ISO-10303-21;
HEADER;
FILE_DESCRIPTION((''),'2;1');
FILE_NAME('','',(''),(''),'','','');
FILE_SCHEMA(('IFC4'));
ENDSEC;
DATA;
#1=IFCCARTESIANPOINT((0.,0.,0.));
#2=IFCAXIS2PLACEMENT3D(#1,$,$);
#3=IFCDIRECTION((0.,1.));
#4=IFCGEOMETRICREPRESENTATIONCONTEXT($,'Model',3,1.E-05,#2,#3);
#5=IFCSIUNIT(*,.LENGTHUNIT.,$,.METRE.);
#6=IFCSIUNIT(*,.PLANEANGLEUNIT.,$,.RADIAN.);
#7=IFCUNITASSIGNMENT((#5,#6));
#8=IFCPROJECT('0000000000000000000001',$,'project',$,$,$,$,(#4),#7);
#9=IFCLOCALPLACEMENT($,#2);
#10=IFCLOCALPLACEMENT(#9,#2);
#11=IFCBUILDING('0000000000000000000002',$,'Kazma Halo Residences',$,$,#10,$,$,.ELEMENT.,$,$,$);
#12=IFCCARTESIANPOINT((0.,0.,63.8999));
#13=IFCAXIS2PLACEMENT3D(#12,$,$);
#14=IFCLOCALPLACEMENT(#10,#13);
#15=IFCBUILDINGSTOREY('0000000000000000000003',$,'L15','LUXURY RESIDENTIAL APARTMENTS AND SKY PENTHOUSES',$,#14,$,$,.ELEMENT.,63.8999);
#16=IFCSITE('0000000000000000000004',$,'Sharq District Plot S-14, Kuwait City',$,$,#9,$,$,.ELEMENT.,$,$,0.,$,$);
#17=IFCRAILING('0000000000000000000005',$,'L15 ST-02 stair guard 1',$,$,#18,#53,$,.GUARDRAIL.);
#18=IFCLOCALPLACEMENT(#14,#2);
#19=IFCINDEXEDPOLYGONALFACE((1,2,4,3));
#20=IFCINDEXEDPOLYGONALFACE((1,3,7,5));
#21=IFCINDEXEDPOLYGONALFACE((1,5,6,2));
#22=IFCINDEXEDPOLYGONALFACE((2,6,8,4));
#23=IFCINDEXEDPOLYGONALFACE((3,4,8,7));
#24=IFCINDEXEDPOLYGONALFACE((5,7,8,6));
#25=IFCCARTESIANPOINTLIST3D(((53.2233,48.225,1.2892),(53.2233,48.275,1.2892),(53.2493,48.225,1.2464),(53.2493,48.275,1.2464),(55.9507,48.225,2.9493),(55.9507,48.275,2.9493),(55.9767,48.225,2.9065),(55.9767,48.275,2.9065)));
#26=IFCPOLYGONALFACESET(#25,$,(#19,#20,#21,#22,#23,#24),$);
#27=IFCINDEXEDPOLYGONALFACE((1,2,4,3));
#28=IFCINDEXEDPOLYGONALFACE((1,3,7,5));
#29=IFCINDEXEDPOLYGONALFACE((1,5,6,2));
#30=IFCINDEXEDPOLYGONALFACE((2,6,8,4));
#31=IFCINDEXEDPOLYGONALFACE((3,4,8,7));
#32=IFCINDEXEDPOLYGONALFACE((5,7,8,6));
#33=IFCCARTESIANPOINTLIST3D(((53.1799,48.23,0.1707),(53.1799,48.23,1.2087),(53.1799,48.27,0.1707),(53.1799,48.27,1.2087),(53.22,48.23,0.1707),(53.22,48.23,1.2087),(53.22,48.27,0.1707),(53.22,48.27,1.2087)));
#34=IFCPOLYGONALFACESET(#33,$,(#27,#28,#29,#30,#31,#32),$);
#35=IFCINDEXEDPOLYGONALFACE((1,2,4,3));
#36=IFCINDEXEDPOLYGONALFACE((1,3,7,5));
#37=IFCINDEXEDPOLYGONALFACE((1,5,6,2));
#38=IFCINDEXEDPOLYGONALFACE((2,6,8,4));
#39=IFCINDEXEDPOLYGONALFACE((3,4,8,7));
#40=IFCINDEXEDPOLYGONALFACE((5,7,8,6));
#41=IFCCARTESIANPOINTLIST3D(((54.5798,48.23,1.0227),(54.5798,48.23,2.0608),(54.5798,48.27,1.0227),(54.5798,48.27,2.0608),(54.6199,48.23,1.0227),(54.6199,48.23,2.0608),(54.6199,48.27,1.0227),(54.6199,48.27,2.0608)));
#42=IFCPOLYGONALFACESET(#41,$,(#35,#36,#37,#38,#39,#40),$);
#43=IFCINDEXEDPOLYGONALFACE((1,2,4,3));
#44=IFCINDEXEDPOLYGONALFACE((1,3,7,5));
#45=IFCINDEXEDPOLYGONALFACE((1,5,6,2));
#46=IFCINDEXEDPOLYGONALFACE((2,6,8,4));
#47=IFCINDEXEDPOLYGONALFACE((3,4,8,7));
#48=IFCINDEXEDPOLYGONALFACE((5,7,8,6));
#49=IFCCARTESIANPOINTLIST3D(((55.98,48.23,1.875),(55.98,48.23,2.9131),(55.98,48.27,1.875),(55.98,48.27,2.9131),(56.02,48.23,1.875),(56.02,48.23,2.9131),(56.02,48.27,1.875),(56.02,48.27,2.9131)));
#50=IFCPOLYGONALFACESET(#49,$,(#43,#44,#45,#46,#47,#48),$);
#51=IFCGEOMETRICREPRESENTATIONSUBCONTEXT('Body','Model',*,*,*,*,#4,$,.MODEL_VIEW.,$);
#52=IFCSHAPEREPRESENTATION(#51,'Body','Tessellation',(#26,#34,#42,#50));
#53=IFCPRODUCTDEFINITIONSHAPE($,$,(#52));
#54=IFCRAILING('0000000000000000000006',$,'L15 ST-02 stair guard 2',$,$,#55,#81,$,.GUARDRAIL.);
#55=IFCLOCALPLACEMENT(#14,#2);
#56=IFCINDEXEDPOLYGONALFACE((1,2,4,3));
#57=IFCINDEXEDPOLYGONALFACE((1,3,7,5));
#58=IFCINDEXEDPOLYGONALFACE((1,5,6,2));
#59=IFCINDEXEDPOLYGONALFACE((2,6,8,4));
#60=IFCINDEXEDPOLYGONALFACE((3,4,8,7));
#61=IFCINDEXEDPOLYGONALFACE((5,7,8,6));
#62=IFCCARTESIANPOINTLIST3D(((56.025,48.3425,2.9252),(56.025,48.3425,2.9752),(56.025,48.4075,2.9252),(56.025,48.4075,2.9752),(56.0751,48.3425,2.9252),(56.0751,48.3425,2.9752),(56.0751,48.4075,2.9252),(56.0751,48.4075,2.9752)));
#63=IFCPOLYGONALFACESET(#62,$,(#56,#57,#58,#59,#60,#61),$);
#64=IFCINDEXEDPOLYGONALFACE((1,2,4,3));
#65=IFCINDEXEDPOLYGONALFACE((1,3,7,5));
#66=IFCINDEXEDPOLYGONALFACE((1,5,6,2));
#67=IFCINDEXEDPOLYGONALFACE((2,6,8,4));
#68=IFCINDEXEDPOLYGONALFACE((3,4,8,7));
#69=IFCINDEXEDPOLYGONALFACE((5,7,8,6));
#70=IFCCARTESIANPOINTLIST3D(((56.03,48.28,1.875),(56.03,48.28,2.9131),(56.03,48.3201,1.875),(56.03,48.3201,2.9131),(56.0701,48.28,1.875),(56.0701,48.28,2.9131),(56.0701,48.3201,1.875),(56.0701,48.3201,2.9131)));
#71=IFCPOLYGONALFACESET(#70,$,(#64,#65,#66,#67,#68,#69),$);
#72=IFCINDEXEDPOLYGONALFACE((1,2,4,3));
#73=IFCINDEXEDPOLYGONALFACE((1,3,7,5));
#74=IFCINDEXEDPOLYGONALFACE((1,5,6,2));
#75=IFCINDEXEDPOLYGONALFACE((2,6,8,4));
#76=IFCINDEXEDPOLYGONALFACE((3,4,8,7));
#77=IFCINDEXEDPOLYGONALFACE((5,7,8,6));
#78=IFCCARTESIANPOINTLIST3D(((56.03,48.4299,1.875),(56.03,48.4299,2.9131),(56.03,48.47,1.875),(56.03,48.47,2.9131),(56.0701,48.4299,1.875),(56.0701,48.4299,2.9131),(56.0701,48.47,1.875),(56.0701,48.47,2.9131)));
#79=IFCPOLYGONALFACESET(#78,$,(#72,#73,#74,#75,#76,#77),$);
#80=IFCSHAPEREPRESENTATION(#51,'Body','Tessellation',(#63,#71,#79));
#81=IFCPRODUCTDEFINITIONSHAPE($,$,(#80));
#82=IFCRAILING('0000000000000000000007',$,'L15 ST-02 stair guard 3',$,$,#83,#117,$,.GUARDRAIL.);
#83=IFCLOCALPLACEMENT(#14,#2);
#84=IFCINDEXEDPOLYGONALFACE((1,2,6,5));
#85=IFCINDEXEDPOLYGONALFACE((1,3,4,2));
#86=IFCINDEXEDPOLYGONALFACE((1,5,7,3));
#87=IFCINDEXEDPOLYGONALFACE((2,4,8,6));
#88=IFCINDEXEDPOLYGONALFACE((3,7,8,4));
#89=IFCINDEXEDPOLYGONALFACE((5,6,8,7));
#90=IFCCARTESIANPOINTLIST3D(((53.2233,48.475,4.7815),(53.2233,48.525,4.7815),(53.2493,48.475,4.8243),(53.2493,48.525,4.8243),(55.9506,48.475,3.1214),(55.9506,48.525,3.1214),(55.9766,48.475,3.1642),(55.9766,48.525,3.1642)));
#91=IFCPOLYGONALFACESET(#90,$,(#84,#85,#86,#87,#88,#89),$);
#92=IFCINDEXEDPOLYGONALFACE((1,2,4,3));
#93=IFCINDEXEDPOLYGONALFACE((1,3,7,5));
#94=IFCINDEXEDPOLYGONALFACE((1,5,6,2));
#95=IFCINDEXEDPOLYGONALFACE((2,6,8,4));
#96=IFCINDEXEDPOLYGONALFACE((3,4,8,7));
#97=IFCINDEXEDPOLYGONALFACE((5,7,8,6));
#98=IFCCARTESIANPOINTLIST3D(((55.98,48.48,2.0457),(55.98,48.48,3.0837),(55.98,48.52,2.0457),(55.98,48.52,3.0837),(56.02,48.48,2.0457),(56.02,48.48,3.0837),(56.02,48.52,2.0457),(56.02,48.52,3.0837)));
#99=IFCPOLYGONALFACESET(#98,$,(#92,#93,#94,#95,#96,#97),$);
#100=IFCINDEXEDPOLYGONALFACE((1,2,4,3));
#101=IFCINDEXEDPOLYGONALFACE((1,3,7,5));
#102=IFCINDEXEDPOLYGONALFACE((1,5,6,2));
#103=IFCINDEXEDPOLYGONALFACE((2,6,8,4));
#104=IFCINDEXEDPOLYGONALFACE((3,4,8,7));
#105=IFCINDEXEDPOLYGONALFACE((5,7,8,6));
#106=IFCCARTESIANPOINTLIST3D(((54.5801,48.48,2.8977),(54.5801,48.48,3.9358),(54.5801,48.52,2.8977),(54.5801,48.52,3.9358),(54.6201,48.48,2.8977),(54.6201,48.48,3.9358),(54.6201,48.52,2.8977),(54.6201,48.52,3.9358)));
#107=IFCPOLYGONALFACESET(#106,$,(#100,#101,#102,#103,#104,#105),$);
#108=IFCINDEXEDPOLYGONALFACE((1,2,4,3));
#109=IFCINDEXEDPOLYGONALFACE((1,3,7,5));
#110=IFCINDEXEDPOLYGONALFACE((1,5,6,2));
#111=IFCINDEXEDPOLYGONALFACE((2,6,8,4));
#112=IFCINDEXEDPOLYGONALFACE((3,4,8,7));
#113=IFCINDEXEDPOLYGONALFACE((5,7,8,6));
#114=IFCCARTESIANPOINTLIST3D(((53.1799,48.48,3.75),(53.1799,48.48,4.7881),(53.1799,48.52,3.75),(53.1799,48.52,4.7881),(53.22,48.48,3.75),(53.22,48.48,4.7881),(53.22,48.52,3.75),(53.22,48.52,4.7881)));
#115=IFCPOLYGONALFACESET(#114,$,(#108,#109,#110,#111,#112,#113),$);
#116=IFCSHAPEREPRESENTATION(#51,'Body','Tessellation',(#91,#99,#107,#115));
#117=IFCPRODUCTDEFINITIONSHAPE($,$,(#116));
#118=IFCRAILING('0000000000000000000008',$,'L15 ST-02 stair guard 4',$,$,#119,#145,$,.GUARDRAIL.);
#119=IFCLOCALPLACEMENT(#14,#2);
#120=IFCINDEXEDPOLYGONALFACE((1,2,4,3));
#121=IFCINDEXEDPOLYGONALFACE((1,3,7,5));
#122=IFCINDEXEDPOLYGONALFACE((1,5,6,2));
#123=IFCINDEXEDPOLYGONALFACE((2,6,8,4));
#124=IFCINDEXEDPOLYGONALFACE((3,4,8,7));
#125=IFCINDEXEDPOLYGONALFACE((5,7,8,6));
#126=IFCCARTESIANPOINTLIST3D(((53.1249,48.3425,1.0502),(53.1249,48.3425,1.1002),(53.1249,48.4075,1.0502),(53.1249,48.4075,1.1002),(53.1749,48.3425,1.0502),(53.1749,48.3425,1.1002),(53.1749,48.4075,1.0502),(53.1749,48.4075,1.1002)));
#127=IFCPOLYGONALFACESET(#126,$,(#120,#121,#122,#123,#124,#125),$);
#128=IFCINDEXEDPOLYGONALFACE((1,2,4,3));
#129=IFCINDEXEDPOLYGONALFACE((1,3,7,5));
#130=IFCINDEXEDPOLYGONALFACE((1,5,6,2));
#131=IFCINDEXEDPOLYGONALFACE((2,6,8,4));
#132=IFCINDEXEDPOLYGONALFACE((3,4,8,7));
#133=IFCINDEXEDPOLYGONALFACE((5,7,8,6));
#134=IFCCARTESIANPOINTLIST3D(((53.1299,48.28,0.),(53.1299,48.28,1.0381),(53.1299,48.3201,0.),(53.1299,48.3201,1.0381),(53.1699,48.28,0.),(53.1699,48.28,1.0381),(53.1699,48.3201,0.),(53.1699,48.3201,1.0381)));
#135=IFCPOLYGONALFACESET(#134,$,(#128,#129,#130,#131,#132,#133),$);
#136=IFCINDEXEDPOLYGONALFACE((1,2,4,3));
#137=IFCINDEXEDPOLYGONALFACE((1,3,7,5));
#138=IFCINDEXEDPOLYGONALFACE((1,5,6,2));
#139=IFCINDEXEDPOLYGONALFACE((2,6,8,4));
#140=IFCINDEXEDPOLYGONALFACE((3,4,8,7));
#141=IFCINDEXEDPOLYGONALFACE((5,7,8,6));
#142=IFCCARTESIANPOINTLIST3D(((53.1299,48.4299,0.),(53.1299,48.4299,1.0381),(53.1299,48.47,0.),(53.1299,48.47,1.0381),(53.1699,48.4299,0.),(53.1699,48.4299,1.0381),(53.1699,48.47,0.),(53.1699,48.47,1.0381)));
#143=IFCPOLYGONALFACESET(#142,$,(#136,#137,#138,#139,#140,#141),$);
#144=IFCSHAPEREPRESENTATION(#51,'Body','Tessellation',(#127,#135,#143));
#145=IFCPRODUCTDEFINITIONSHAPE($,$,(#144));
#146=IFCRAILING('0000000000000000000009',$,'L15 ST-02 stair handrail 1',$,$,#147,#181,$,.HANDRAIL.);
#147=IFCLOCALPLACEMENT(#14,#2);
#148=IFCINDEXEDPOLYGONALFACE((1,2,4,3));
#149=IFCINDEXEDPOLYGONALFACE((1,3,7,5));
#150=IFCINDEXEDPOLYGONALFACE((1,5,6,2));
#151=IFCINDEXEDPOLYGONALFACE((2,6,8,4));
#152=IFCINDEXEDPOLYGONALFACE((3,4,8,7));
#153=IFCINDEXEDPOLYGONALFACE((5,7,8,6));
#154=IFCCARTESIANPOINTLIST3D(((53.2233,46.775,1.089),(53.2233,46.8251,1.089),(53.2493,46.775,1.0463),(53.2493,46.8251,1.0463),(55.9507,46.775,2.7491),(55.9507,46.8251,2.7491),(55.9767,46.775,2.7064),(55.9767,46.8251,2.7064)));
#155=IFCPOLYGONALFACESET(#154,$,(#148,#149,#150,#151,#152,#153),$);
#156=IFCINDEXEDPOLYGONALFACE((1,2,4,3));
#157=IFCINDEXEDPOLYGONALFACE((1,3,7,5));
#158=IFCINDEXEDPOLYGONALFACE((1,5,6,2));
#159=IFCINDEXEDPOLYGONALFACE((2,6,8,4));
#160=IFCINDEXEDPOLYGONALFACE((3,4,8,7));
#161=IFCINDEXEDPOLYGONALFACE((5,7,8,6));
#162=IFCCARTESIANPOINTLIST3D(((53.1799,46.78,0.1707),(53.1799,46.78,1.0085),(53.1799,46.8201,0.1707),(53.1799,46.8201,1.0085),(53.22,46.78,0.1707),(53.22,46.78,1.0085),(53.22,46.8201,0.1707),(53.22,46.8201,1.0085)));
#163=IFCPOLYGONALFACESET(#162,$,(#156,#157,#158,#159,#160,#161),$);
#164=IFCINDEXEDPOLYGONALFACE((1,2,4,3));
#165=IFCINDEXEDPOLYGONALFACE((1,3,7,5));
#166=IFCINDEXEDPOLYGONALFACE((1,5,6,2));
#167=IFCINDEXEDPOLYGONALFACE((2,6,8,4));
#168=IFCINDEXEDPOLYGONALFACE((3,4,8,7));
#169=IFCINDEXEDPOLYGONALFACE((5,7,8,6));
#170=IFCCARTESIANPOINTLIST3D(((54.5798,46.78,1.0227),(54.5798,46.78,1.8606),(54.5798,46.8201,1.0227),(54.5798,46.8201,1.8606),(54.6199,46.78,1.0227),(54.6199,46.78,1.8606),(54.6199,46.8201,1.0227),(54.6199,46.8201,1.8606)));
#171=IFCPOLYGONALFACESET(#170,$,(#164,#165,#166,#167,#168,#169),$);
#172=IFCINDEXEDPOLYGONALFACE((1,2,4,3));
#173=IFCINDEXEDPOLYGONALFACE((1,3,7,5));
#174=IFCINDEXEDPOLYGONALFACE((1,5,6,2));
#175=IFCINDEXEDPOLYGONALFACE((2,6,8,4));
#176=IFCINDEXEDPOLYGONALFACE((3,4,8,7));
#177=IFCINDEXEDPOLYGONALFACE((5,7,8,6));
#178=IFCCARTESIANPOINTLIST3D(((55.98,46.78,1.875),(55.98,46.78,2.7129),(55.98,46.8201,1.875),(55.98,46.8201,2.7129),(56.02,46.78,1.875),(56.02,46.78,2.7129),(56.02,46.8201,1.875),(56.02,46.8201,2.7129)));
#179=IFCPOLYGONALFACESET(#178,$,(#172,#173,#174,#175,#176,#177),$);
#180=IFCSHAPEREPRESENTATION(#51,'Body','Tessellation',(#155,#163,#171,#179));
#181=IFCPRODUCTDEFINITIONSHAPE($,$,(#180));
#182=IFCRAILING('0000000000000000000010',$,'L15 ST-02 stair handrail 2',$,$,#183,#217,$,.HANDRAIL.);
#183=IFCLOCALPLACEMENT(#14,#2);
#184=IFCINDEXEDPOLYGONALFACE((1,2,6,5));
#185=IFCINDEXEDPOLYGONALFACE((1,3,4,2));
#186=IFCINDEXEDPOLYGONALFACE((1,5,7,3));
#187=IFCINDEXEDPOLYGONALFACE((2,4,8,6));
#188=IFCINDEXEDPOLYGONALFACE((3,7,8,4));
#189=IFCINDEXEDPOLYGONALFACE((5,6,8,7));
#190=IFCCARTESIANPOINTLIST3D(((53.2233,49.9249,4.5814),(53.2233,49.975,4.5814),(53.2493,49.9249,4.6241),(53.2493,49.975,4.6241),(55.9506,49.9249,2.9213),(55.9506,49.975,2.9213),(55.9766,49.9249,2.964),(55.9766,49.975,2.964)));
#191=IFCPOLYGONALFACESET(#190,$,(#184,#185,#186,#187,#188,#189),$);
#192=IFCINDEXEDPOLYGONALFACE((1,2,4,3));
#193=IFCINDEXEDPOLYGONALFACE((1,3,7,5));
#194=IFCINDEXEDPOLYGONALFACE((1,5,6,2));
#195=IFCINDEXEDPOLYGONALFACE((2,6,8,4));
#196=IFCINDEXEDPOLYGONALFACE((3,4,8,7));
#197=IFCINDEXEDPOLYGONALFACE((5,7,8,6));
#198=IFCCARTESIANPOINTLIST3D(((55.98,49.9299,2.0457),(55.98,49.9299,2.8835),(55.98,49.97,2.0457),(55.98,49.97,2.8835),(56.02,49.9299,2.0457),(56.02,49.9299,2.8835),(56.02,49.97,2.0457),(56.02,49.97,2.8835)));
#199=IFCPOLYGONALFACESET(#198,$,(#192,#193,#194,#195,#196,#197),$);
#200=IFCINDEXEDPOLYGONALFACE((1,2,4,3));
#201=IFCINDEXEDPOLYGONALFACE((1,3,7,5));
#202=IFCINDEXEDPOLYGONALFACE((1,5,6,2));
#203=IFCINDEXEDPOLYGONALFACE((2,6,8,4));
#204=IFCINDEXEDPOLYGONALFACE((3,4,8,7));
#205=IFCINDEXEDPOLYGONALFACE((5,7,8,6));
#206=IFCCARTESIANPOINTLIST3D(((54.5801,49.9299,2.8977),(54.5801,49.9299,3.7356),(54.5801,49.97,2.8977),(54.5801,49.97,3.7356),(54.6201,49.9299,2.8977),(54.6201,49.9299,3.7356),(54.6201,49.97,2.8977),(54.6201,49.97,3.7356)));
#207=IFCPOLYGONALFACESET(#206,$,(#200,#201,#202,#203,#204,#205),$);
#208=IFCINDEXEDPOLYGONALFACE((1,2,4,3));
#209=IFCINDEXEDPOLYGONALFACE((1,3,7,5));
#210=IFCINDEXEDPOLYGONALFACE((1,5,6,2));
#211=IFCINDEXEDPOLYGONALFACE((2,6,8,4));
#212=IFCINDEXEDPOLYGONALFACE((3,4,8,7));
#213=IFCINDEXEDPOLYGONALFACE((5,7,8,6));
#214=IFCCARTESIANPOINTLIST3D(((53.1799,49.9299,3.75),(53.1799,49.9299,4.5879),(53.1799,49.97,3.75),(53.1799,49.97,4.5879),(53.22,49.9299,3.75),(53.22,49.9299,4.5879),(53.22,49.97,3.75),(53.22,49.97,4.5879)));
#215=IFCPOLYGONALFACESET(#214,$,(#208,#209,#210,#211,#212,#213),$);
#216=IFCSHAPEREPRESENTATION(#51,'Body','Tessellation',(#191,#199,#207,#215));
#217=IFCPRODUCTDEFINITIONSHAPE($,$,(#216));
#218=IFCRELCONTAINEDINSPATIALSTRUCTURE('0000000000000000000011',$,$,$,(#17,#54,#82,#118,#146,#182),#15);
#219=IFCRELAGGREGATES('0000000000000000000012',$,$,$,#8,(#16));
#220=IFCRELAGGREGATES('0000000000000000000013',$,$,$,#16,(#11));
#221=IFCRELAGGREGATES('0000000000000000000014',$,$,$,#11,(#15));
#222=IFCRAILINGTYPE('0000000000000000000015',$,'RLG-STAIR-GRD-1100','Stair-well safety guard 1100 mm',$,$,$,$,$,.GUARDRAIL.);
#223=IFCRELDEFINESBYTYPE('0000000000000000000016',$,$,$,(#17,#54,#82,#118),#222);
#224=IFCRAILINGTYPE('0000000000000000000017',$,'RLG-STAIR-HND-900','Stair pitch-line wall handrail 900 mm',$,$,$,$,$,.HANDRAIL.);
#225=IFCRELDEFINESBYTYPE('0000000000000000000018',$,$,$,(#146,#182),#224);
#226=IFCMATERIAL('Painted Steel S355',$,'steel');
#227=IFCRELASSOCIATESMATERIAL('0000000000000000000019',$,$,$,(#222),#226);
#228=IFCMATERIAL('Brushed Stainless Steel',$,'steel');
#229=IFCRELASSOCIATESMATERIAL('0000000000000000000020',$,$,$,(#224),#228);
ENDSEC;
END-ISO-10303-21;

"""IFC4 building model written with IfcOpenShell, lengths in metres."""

from ifc_helpers import new_model, si_unit, direction, frame, origin, origin_2d, place, context, subcontext, project, spatial, rectangle, extrude, material, type_object, element, save


model = new_model("IFC4")

# Units and contexts
model_context = context("Model", 3, precision=1e-05, world=origin(), true_north=direction((0.0, 1.0)))
body_context = subcontext(model_context, "Body", "Model", "MODEL_VIEW")
ifc_project = project(units=[si_unit("LENGTHUNIT", "METRE"), si_unit("PLANEANGLEUNIT", "RADIAN")], contexts=[model_context])

# Site, building, storey
site_placement = place(None, origin())
site = spatial("IfcSite", under=ifc_project, at=site_placement, Name="Sharq District Plot S-14, Kuwait City", CompositionType="ELEMENT", RefElevation=0.0)
building_placement = place(site_placement, origin())
building = spatial("IfcBuilding", under=site, at=building_placement, Name="Kazma Halo Residences", CompositionType="ELEMENT")
storey_placement = place(building_placement, frame((0.0, 0.0, 63.8999)))
storey = spatial("IfcBuildingStorey", under=building, at=storey_placement, Name="L15", Description="LUXURY RESIDENTIAL APARTMENTS AND SKY PENTHOUSES", CompositionType="ELEMENT", Elevation=63.8999)

# Railings
ifc_material_1 = material(Name="Painted Steel S355", Category="steel")
railing_type_1 = type_object("IfcRailingType", Name="RLG-STAIR-GRD-1100", Description="Stair-well safety guard 1100 mm", PredefinedType="GUARDRAIL", material=ifc_material_1)
railing_1_placement = place(storey_placement, frame((53.2, 48.25, 0.1707)))
element("IfcRailing", 1, at=railing_1_placement, inside=storey, type_object=railing_type_1, Name="L15 ST-02 stair guard 1", PredefinedType="GUARDRAIL", context=body_context, shape_type="SweptSolid", body=[
    extrude(rectangle(XDim=0.05, YDim=0.05, at=origin_2d()), frame((0.0364, 0.0, 1.0972), z_axis=(0.854203, 0.0, 0.51994), x_axis=(0.0, 1.0, 0.0)), (0.0, 0.0, 1.0), 3.1929),
    extrude(rectangle(XDim=0.04, YDim=0.04, at=origin_2d()), origin(), (0.0, 0.0, 1.0), 1.0381),
    extrude(rectangle(XDim=0.04, YDim=0.04, at=origin_2d()), frame((1.3999, 0.0, 0.8521)), (0.0, 0.0, 1.0), 1.0381),
    extrude(rectangle(XDim=0.04, YDim=0.04, at=origin_2d()), frame((2.8, 0.0, 1.7043)), (0.0, 0.0, 1.0), 1.0381),
])
railing_2_placement = place(storey_placement, frame((56.05, 48.3, 1.875)))
element("IfcRailing", 2, at=railing_2_placement, inside=storey, type_object=railing_type_1, Name="L15 ST-02 stair guard 2", PredefinedType="GUARDRAIL", context=body_context, shape_type="SweptSolid", body=[
    extrude(rectangle(XDim=0.05, YDim=0.05, at=origin_2d()), frame((0.0, 0.0425, 1.0752), z_axis=(0.0, 1.0, 0.0), x_axis=(-1.0, 0.0, 0.0)), (0.0, 0.0, 1.0), 0.0649),
    extrude(rectangle(XDim=0.04, YDim=0.04, at=origin_2d()), origin(), (0.0, 0.0, 1.0), 1.0381),
    extrude(rectangle(XDim=0.04, YDim=0.04, at=origin_2d()), frame((0.0, 0.1499, 0.0)), (0.0, 0.0, 1.0), 1.0381),
])
railing_3_placement = place(storey_placement, frame((56.0, 48.5, 2.0457)))
element("IfcRailing", 3, at=railing_3_placement, inside=storey, type_object=railing_type_1, Name="L15 ST-02 stair guard 3", PredefinedType="GUARDRAIL", context=body_context, shape_type="SweptSolid", body=[
    extrude(rectangle(XDim=0.05, YDim=0.05, at=origin_2d()), frame((-0.0364, 0.0, 1.0972), z_axis=(-0.854203, 0.0, 0.51994), x_axis=(0.0, -1.0, 0.0)), (0.0, 0.0, 1.0), 3.1929),
    extrude(rectangle(XDim=0.04, YDim=0.04, at=origin_2d()), origin(), (0.0, 0.0, 1.0), 1.0381),
    extrude(rectangle(XDim=0.04, YDim=0.04, at=origin_2d()), frame((-1.3999, 0.0, 0.8521)), (0.0, 0.0, 1.0), 1.0381),
    extrude(rectangle(XDim=0.04, YDim=0.04, at=origin_2d()), frame((-2.8, 0.0, 1.7043)), (0.0, 0.0, 1.0), 1.0381),
])
railing_4_placement = place(storey_placement, frame((53.1499, 48.3, 0.0)))
element("IfcRailing", 4, at=railing_4_placement, inside=storey, type_object=railing_type_1, Name="L15 ST-02 stair guard 4", PredefinedType="GUARDRAIL", context=body_context, shape_type="SweptSolid", body=[
    extrude(rectangle(XDim=0.05, YDim=0.05, at=origin_2d()), frame((0.0, 0.0425, 1.0752), z_axis=(0.0, 1.0, 0.0), x_axis=(-1.0, 0.0, 0.0)), (0.0, 0.0, 1.0), 0.0649),
    extrude(rectangle(XDim=0.04, YDim=0.04, at=origin_2d()), origin(), (0.0, 0.0, 1.0), 1.0381),
    extrude(rectangle(XDim=0.04, YDim=0.04, at=origin_2d()), frame((0.0, 0.1499, 0.0)), (0.0, 0.0, 1.0), 1.0381),
])
ifc_material_2 = material(Name="Brushed Stainless Steel", Category="steel")
railing_type_2 = type_object("IfcRailingType", Name="RLG-STAIR-HND-900", Description="Stair pitch-line wall handrail 900 mm", PredefinedType="HANDRAIL", material=ifc_material_2)
railing_5_placement = place(storey_placement, frame((53.2, 46.8, 0.1707)))
element("IfcRailing", 5, at=railing_5_placement, inside=storey, type_object=railing_type_2, Name="L15 ST-02 stair handrail 1", PredefinedType="HANDRAIL", context=body_context, shape_type="SweptSolid", body=[
    extrude(rectangle(XDim=0.05, YDim=0.05, at=origin_2d()), frame((0.0364, 0.0, 0.897), z_axis=(0.854203, 0.0, 0.51994), x_axis=(0.0, 1.0, 0.0)), (0.0, 0.0, 1.0), 3.1929),
    extrude(rectangle(XDim=0.04, YDim=0.04, at=origin_2d()), origin(), (0.0, 0.0, 1.0), 0.8379),
    extrude(rectangle(XDim=0.04, YDim=0.04, at=origin_2d()), frame((1.3999, 0.0, 0.8521)), (0.0, 0.0, 1.0), 0.8379),
    extrude(rectangle(XDim=0.04, YDim=0.04, at=origin_2d()), frame((2.8, 0.0, 1.7043)), (0.0, 0.0, 1.0), 0.8379),
])
railing_6_placement = place(storey_placement, frame((56.0, 49.95, 2.0457)))
element("IfcRailing", 6, at=railing_6_placement, inside=storey, type_object=railing_type_2, Name="L15 ST-02 stair handrail 2", PredefinedType="HANDRAIL", context=body_context, shape_type="SweptSolid", body=[
    extrude(rectangle(XDim=0.05, YDim=0.05, at=origin_2d()), frame((-0.0364, 0.0, 0.897), z_axis=(-0.854203, 0.0, 0.51994), x_axis=(0.0, -1.0, 0.0)), (0.0, 0.0, 1.0), 3.1929),
    extrude(rectangle(XDim=0.04, YDim=0.04, at=origin_2d()), origin(), (0.0, 0.0, 1.0), 0.8379),
    extrude(rectangle(XDim=0.04, YDim=0.04, at=origin_2d()), frame((-1.3999, 0.0, 0.8521)), (0.0, 0.0, 1.0), 0.8379),
    extrude(rectangle(XDim=0.04, YDim=0.04, at=origin_2d()), frame((-2.8, 0.0, 1.7043)), (0.0, 0.0, 1.0), 0.8379),
])

save(model, "model.ifc")
